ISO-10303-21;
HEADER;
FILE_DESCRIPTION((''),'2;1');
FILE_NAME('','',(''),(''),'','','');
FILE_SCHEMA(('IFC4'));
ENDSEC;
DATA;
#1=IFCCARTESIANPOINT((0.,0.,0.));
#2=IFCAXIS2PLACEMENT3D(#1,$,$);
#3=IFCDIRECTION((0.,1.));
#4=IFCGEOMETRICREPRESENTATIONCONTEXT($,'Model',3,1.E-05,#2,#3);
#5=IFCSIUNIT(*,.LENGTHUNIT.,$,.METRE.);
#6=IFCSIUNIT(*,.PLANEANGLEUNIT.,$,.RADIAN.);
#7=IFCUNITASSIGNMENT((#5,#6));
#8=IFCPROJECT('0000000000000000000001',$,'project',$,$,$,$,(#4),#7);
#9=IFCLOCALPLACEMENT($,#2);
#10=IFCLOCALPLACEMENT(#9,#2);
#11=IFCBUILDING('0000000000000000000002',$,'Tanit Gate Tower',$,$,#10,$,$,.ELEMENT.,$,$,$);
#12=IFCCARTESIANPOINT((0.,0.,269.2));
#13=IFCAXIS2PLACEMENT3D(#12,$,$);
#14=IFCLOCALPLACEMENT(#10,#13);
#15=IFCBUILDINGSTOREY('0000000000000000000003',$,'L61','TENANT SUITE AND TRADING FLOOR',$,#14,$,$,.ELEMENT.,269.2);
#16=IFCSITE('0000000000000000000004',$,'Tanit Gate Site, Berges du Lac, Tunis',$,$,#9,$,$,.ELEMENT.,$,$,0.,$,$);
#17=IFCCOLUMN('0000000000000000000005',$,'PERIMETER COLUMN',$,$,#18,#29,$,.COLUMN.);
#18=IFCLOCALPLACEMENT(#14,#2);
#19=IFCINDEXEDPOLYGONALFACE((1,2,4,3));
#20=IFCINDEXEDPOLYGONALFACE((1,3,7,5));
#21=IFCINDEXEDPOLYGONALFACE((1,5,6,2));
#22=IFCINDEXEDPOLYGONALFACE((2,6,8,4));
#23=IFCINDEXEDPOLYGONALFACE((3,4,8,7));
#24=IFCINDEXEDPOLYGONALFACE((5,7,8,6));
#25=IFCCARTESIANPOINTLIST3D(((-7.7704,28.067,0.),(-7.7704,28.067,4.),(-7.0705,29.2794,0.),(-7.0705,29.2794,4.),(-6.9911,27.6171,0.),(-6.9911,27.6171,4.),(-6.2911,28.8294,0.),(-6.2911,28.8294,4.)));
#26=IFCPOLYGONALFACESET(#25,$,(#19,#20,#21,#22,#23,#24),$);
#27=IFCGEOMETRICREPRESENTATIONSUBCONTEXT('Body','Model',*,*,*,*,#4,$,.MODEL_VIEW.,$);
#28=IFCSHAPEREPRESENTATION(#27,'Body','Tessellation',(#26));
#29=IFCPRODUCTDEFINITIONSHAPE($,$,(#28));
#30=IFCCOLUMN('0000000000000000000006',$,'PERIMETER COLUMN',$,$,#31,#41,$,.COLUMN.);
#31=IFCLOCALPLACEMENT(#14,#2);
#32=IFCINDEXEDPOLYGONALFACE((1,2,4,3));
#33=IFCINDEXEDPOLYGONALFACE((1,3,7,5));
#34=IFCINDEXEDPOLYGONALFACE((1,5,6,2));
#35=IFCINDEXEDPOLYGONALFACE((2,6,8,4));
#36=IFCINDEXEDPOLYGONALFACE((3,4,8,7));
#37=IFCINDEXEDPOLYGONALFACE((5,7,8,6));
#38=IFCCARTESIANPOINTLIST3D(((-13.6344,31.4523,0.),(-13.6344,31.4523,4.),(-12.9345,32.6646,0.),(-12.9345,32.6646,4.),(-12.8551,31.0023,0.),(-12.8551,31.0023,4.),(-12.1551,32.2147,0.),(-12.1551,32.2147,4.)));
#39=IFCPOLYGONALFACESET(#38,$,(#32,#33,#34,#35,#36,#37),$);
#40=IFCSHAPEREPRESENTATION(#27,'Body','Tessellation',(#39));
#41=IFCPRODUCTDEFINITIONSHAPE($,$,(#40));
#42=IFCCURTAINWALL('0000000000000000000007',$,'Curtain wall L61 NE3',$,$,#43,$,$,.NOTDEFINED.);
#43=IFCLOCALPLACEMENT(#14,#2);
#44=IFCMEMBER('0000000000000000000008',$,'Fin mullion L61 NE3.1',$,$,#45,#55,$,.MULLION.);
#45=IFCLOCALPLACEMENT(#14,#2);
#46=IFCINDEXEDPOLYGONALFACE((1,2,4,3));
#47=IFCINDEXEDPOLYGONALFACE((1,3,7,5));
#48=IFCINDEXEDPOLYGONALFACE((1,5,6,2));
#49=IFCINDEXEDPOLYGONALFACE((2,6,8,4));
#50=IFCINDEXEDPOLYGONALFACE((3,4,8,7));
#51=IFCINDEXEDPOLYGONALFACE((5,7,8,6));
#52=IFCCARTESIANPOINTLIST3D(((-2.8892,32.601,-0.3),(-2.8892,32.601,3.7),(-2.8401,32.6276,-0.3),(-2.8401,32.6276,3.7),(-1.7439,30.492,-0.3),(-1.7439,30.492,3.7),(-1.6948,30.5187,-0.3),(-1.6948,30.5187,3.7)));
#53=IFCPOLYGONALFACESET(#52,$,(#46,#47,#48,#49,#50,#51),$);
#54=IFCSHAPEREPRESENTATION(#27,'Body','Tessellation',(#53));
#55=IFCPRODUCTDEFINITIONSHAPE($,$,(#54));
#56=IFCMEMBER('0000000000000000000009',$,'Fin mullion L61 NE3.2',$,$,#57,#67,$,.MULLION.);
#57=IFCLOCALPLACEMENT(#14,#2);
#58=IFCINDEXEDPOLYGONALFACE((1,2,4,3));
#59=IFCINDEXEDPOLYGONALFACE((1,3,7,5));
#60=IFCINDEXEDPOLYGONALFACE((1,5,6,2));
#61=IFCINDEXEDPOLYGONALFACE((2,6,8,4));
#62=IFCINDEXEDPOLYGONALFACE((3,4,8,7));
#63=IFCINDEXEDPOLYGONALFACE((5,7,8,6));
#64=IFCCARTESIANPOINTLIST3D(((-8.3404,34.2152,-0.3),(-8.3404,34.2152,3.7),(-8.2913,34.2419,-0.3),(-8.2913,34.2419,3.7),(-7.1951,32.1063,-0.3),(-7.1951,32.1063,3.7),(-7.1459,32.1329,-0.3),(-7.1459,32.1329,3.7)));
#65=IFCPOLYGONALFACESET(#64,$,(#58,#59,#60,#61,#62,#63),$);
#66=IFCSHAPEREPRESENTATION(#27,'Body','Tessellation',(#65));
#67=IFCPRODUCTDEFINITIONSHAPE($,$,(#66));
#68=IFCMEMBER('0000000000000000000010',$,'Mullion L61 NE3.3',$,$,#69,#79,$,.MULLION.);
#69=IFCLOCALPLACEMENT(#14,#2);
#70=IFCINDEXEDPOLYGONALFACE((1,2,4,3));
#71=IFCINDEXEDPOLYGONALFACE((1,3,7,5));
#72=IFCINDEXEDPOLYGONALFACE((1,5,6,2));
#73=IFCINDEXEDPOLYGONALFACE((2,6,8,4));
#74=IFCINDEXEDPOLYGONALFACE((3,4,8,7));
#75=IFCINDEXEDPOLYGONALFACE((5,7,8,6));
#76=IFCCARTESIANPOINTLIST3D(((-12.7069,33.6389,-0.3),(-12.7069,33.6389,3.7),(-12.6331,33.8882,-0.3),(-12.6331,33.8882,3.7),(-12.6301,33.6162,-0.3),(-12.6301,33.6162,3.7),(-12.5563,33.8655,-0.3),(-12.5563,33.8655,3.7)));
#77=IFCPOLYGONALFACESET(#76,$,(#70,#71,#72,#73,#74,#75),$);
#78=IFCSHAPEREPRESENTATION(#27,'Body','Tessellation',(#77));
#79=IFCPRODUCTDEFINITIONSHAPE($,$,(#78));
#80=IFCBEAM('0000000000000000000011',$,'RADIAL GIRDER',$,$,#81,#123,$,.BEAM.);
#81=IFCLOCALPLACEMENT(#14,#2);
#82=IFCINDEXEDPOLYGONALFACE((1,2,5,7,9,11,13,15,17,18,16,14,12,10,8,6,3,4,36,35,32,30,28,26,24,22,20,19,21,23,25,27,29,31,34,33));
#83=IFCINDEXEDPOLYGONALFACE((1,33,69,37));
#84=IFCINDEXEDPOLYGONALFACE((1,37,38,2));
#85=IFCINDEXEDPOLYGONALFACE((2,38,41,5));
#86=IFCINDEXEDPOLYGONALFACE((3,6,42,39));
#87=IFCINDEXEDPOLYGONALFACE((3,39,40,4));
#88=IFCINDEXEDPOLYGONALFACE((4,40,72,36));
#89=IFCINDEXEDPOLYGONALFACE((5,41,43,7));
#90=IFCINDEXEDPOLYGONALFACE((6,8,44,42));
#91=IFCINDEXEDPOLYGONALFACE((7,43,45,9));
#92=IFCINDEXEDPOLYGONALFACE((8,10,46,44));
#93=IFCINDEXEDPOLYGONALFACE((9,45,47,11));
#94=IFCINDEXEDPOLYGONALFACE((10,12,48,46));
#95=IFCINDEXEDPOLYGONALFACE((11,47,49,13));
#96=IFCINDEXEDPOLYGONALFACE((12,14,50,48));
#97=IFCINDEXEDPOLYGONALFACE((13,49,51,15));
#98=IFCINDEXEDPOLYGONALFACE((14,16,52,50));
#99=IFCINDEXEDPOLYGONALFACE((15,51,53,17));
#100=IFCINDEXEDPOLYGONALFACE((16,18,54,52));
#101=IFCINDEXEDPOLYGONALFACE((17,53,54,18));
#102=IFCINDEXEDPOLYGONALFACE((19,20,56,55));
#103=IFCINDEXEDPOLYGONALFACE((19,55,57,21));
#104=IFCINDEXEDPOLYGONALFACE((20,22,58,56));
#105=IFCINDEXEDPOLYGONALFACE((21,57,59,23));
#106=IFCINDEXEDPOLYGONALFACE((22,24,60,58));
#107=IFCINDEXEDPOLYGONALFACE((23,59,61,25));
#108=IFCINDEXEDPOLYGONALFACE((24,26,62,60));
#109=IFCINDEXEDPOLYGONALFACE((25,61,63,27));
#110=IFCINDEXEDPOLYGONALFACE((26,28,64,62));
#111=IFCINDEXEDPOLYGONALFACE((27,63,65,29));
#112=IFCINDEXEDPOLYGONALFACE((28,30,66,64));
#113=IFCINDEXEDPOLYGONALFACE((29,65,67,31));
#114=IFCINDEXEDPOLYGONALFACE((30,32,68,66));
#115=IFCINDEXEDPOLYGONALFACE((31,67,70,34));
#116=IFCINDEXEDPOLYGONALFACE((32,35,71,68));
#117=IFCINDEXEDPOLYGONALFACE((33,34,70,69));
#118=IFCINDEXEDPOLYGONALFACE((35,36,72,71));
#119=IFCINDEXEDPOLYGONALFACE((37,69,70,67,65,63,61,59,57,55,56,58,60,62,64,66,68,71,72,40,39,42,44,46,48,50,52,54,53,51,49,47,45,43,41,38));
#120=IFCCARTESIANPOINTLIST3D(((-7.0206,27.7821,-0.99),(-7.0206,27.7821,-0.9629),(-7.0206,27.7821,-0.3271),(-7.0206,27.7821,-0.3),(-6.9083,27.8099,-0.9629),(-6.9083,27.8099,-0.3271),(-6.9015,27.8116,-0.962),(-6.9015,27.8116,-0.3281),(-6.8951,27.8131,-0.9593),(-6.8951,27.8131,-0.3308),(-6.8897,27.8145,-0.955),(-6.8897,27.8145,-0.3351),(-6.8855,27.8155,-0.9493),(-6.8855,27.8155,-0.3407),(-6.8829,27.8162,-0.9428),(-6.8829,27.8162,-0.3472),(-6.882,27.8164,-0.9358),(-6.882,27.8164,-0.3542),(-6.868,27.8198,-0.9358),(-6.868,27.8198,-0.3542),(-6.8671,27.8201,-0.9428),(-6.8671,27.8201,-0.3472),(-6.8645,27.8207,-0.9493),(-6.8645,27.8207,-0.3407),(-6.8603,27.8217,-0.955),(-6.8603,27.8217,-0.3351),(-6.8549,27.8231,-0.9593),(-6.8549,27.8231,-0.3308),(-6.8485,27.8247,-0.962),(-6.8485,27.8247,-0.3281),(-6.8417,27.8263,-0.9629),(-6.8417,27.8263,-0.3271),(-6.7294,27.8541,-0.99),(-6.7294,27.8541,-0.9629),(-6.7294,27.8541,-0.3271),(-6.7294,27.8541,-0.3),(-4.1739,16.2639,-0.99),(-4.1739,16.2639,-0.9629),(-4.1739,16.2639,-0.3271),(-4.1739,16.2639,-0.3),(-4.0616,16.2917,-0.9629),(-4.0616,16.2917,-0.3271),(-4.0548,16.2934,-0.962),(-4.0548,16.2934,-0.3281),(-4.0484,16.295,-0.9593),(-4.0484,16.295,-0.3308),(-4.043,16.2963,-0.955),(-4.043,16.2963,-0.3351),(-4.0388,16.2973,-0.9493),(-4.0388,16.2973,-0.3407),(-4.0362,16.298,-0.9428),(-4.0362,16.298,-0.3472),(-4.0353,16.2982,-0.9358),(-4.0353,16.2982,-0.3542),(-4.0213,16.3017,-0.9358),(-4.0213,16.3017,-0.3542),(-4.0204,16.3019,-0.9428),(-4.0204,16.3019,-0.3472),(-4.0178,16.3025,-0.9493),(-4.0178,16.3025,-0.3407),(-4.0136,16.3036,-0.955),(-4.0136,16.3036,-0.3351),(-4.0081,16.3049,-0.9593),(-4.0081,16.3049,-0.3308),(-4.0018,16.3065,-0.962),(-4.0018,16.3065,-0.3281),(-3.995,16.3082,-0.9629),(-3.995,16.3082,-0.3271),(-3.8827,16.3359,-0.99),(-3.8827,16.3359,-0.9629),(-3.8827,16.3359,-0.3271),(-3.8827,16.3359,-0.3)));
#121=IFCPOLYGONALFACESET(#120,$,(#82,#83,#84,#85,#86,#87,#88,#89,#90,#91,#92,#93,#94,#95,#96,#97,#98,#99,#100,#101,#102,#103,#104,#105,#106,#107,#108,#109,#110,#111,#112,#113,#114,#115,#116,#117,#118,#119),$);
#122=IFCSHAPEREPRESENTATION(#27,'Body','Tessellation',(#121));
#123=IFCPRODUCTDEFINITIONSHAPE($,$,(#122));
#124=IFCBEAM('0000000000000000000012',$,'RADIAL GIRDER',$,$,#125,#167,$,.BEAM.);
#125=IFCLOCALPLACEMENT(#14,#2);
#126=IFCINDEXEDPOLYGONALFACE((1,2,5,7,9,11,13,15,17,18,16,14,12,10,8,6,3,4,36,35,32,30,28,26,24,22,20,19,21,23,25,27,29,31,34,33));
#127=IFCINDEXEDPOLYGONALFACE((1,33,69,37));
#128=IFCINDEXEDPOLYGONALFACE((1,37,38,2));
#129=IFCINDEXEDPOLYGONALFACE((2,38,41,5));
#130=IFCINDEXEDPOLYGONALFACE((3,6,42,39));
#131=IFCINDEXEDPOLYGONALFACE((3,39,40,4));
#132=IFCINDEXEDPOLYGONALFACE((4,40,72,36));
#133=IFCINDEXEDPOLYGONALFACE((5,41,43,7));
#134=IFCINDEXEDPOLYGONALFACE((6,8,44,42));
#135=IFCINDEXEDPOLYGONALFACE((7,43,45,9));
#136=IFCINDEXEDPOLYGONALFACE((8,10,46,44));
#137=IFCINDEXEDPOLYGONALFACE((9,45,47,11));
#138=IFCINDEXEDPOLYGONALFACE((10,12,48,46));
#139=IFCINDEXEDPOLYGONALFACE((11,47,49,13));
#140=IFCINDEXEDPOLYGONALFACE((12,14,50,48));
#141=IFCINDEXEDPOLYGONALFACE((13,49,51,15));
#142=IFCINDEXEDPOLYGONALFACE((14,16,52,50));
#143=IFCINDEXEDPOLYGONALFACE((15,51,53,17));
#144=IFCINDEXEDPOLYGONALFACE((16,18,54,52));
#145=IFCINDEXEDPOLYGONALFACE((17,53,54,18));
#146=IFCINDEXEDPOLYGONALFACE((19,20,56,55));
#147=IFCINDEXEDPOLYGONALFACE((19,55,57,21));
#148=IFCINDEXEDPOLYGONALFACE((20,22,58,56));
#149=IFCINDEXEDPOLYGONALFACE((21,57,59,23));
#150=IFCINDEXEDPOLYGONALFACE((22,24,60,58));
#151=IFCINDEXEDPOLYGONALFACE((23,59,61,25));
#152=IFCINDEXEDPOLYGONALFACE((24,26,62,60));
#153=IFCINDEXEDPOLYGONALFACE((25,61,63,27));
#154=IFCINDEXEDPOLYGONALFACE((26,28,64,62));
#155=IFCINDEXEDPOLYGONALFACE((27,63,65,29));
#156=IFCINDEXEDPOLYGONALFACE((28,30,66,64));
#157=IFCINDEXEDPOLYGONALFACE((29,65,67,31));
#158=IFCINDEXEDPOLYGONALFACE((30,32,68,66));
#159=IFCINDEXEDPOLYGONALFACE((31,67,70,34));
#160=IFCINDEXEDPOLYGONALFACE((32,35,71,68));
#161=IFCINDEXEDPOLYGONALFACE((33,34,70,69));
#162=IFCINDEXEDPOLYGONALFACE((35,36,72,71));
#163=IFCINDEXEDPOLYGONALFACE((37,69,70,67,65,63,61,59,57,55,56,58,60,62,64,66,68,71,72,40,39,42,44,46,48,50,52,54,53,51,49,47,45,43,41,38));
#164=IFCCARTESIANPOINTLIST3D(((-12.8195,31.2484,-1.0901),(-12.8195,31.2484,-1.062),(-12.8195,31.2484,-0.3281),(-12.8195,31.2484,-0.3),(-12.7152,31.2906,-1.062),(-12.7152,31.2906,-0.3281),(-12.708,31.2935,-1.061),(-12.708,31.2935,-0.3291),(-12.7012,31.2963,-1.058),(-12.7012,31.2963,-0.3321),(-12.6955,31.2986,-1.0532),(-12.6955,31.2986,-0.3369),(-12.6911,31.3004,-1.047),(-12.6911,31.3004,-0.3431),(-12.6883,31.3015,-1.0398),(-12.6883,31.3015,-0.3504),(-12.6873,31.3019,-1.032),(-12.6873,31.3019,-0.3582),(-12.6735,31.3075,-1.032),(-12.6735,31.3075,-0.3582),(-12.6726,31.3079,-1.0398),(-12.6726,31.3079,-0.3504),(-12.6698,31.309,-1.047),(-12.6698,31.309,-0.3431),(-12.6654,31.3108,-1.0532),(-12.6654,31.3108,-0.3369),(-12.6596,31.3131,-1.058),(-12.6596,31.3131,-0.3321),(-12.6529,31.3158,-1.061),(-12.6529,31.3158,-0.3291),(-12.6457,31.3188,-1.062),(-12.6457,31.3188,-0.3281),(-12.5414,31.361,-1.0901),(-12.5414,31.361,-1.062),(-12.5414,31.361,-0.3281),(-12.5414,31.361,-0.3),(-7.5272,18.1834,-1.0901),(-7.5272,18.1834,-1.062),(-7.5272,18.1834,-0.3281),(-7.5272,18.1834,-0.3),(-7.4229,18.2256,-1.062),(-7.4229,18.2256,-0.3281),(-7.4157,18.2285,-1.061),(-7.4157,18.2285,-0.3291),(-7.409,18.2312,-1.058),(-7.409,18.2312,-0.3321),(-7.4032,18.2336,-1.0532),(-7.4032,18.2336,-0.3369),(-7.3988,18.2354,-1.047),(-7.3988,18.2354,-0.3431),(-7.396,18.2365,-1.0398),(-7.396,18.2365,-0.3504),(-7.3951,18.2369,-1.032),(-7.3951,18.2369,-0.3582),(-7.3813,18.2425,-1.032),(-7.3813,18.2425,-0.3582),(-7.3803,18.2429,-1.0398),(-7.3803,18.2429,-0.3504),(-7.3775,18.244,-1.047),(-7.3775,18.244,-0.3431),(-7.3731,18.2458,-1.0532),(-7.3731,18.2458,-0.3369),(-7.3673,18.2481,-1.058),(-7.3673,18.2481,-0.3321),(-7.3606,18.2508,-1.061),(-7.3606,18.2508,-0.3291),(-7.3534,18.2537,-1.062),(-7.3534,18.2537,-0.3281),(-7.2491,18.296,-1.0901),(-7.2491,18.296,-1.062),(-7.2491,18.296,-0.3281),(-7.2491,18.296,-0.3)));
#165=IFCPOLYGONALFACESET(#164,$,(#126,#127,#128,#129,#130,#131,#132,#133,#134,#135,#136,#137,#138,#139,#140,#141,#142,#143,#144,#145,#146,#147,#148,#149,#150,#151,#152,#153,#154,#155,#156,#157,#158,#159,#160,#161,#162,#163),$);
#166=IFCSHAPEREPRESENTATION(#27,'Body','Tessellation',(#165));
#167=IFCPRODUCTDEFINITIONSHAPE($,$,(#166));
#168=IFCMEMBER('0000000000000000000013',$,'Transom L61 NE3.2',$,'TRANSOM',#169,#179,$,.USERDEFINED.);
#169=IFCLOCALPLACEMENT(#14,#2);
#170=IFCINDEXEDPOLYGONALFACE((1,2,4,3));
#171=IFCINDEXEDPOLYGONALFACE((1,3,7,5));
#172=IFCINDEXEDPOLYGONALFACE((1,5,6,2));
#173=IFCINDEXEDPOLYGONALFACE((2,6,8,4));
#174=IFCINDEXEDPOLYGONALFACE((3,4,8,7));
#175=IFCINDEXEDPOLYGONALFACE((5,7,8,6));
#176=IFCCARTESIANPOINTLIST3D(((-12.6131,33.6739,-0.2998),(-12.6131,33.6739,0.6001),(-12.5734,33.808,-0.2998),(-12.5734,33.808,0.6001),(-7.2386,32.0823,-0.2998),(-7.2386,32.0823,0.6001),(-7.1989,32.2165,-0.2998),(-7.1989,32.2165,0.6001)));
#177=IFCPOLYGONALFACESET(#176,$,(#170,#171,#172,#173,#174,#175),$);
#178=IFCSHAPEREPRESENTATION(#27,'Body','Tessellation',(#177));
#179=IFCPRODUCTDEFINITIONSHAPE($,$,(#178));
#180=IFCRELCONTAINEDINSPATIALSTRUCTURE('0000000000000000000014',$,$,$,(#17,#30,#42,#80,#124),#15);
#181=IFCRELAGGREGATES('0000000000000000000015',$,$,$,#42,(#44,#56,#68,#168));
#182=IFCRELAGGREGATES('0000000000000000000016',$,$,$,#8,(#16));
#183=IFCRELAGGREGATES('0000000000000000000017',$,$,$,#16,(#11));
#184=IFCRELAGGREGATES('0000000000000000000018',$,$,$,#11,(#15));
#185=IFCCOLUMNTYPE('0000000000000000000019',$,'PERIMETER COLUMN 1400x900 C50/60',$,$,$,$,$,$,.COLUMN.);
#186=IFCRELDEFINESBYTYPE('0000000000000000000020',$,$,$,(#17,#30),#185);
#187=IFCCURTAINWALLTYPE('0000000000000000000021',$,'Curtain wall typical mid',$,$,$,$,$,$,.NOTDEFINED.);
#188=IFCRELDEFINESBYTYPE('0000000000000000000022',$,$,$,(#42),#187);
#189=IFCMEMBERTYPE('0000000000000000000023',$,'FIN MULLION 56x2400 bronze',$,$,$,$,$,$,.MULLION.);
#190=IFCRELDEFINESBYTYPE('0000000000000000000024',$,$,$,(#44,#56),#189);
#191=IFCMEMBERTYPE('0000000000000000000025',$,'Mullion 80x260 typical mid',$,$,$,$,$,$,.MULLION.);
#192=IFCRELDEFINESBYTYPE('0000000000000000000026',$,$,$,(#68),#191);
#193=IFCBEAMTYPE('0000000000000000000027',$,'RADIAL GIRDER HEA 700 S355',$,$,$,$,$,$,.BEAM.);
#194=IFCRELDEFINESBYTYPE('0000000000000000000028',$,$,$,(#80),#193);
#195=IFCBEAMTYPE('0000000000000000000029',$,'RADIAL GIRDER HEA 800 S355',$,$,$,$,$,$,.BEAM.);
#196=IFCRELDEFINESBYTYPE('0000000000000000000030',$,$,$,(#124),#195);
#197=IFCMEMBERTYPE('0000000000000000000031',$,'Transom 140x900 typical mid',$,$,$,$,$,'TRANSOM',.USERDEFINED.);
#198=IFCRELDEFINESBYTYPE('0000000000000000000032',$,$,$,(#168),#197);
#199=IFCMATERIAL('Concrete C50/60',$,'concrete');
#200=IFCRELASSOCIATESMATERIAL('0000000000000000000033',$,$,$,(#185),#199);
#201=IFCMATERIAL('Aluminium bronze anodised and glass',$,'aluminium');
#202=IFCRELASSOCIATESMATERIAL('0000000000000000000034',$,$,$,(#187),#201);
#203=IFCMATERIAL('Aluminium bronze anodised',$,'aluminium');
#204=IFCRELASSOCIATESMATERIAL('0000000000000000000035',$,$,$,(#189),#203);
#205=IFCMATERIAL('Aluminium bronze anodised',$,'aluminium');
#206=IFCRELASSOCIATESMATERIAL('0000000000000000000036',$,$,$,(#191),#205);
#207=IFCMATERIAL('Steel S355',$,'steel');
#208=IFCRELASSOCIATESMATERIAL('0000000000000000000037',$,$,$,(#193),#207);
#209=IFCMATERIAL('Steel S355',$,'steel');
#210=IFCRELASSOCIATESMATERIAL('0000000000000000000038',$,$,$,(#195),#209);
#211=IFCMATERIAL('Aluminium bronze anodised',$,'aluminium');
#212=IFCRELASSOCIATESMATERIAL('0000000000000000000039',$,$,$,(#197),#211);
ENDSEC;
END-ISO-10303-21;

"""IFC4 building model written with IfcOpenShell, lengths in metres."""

from ifc_helpers import new_model, si_unit, direction, frame, origin, origin_2d, place, context, subcontext, project, spatial, rectangle, i_section, extrude, material, material_profile, profile_set, type_object, element, aggregate, save


model = new_model("IFC4")

# Units and contexts
model_context = context("Model", 3, precision=1e-05, world=origin(), true_north=direction((0.0, 1.0)))
body_context = subcontext(model_context, "Body", "Model", "MODEL_VIEW")
ifc_project = project(units=[si_unit("LENGTHUNIT", "METRE"), si_unit("PLANEANGLEUNIT", "RADIAN")], contexts=[model_context])

# Site, building, storey
site_placement = place(None, origin())
site = spatial("IfcSite", under=ifc_project, at=site_placement, Name="Tanit Gate Site, Berges du Lac, Tunis", CompositionType="ELEMENT", RefElevation=0.0)
building_placement = place(site_placement, origin())
building = spatial("IfcBuilding", under=site, at=building_placement, Name="Tanit Gate Tower", CompositionType="ELEMENT")
storey_placement = place(building_placement, frame((0.0, 0.0, 269.2)))
storey = spatial("IfcBuildingStorey", under=building, at=storey_placement, Name="L61", Description="TENANT SUITE AND TRADING FLOOR", CompositionType="ELEMENT", Elevation=269.2)

# Columns
ifc_material_1 = material(Name="Concrete C50/60", Category="concrete")
ifc_material_profile_1 = material_profile(ifc_material_1, rectangle(XDim=1.3999, YDim=0.8999, at=origin_2d()), Name="RC 1400x900")
ifc_profile_set_1 = profile_set([ifc_material_profile_1], Name="Concrete C50/60")
column_type = type_object("IfcColumnType", Name="PERIMETER COLUMN 1400x900 C50/60", PredefinedType="COLUMN", material=ifc_profile_set_1)
for number, where, z_axis, x_axis, name in (
    (1, (-7.0308, 28.4482, 0.0), (0.0, 0.0, 1.0), (0.5, 0.866025, 0.0), "PERIMETER COLUMN"),
    (2, (-12.8948, 31.8335, 0.0), (0.0, 0.0, 1.0), (0.5, 0.866025, 0.0), "PERIMETER COLUMN"),
):
    element("IfcColumn", number, at=place(storey_placement, frame(where, z_axis=z_axis, x_axis=x_axis)), inside=storey, type_object=column_type, Name=name, PredefinedType="COLUMN", context=body_context, shape_type="SweptSolid", body=[
        extrude(rectangle(XDim=1.3999, YDim=0.8999, at=origin_2d()), origin(), (0.0, 0.0, 1.0), 4.0),
    ])

# Curtain wall, members
ifc_material_2 = material(Name="Aluminium bronze anodised and glass", Category="aluminium")
curtain_wall_type = type_object("IfcCurtainWallType", Name="Curtain wall typical mid", PredefinedType="NOTDEFINED", material=ifc_material_2)
curtain_wall_placement = place(storey_placement, origin())
curtain_wall = element("IfcCurtainWall", 3, at=curtain_wall_placement, inside=storey, type_object=curtain_wall_type, Name="Curtain wall L61 NE3", PredefinedType="NOTDEFINED")
ifc_material_3 = material(Name="Aluminium bronze anodised", Category="aluminium")
ifc_material_profile_2 = material_profile(ifc_material_3, rectangle(XDim=2.3999, YDim=0.0559, at=origin_2d()), Name="56x2400 bronze fin mullion")
ifc_profile_set_2 = profile_set([ifc_material_profile_2], Name="Aluminium bronze anodised")
member_type_1 = type_object("IfcMemberType", Name="FIN MULLION 56x2400 bronze", PredefinedType="MULLION", material=ifc_profile_set_2)
member_1_placement = place(storey_placement, frame((-2.292, 31.5598, -0.3), z_axis=(0.0, 0.0, 1.0), x_axis=(0.477246, -0.87877, 0.0)))
member_1 = element("IfcMember", 4, at=member_1_placement, type_object=member_type_1, Name="Fin mullion L61 NE3.1", PredefinedType="MULLION", context=body_context, shape_type="SweptSolid", body=[
    extrude(rectangle(XDim=2.3999, YDim=0.0559, at=origin_2d()), origin(), (0.0, 0.0, 1.0), 4.0),
])
member_2_placement = place(storey_placement, frame((-7.7432, 33.1741, -0.3), z_axis=(0.0, 0.0, 1.0), x_axis=(0.477246, -0.87877, 0.0)))
member_2 = element("IfcMember", 5, at=member_2_placement, type_object=member_type_1, Name="Fin mullion L61 NE3.2", PredefinedType="MULLION", context=body_context, shape_type="SweptSolid", body=[
    extrude(rectangle(XDim=2.3999, YDim=0.0559, at=origin_2d()), origin(), (0.0, 0.0, 1.0), 4.0),
])
ifc_material_4 = material(Name="Aluminium bronze anodised", Category="aluminium")
ifc_material_profile_3 = material_profile(ifc_material_4, rectangle(XDim=0.26, YDim=0.0801, at=origin_2d()), Name="80x260 bronze mullion")
ifc_profile_set_3 = profile_set([ifc_material_profile_3], Name="Aluminium bronze anodised")
member_type_2 = type_object("IfcMemberType", Name="Mullion 80x260 typical mid", PredefinedType="MULLION", material=ifc_profile_set_3)
member_3_placement = place(storey_placement, frame((-12.6316, 33.7522, -0.3), z_axis=(0.0, 0.0, 1.0), x_axis=(-0.28392, -0.958848, 0.0)))
member_3 = element("IfcMember", 6, at=member_3_placement, type_object=member_type_2, Name="Mullion L61 NE3.3", PredefinedType="MULLION", context=body_context, shape_type="SweptSolid", body=[
    extrude(rectangle(XDim=0.26, YDim=0.0801, at=origin_2d()), origin(), (0.0, 0.0, 1.0), 4.0),
])

# Beams
ifc_material_5 = material(Name="Steel S355", Category="steel")
ifc_material_profile_4 = material_profile(ifc_material_5, i_section(OverallWidth=0.3, OverallDepth=0.6899, WebThickness=0.0144, FlangeThickness=0.0271, FilletRadius=0.0271, at=origin_2d()), Name="HEA 700")
ifc_profile_set_4 = profile_set([ifc_material_profile_4], Name="Steel S355")
beam_type_1 = type_object("IfcBeamType", Name="RADIAL GIRDER HEA 700 S355", PredefinedType="BEAM", material=ifc_profile_set_4)
beam_1_placement = place(storey_placement, frame((-6.875, 27.8181, -0.645), z_axis=(0.23993, -0.97079, 0.0), x_axis=(0.97079, 0.23993, 0.0)))
element("IfcBeam", 7, at=beam_1_placement, inside=storey, type_object=beam_type_1, Name="RADIAL GIRDER", PredefinedType="BEAM", context=body_context, shape_type="SweptSolid", body=[
    extrude(i_section(OverallWidth=0.3, OverallDepth=0.6899, WebThickness=0.0144, FlangeThickness=0.0271, FilletRadius=0.0271, at=origin_2d()), origin(), (0.0, 0.0, 1.0), 11.8647),
])
ifc_material_6 = material(Name="Steel S355", Category="steel")
ifc_material_profile_5 = material_profile(ifc_material_6, i_section(OverallWidth=0.3, OverallDepth=0.79, WebThickness=0.0149, FlangeThickness=0.0281, FilletRadius=0.03, at=origin_2d()), Name="HEA 800")
ifc_profile_set_5 = profile_set([ifc_material_profile_5], Name="Steel S355")
beam_type_2 = type_object("IfcBeamType", Name="RADIAL GIRDER HEA 800 S355", PredefinedType="BEAM", material=ifc_profile_set_5)
beam_2_placement = place(storey_placement, frame((-12.6804, 31.3047, -0.6951), z_axis=(0.375439, -0.926847, 0.0), x_axis=(0.926847, 0.375439, 0.0)))
element("IfcBeam", 8, at=beam_2_placement, inside=storey, type_object=beam_type_2, Name="RADIAL GIRDER", PredefinedType="BEAM", context=body_context, shape_type="SweptSolid", body=[
    extrude(i_section(OverallWidth=0.3, OverallDepth=0.79, WebThickness=0.0149, FlangeThickness=0.0281, FilletRadius=0.03, at=origin_2d()), origin(), (0.0, 0.0, 1.0), 14.0962),
])

# Member
ifc_material_7 = material(Name="Aluminium bronze anodised", Category="aluminium")
ifc_material_profile_6 = material_profile(ifc_material_7, rectangle(XDim=0.1399, YDim=0.8999, at=origin_2d()), Name="140x900 bronze transom")
ifc_profile_set_6 = profile_set([ifc_material_profile_6], Name="Aluminium bronze anodised")
member_type_3 = type_object("IfcMemberType", Name="Transom 140x900 typical mid", ElementType="TRANSOM", PredefinedType="USERDEFINED", material=ifc_profile_set_6)
member_4_placement = place(storey_placement, frame((-7.2188, 32.1494, 0.1501), z_axis=(-0.958842, 0.283942, 0.0), x_axis=(-0.283942, -0.958842, 0.0)))
member_4 = element("IfcMember", 9, at=member_4_placement, type_object=member_type_3, Name="Transom L61 NE3.2", ObjectType="TRANSOM", PredefinedType="USERDEFINED", context=body_context, shape_type="SweptSolid", body=[
    extrude(rectangle(XDim=0.1399, YDim=0.8999, at=origin_2d()), origin(), (0.0, 0.0, 1.0), 5.6052),
])

aggregate(curtain_wall, [member_1, member_2, member_3, member_4])

save(model, "model.ifc")
